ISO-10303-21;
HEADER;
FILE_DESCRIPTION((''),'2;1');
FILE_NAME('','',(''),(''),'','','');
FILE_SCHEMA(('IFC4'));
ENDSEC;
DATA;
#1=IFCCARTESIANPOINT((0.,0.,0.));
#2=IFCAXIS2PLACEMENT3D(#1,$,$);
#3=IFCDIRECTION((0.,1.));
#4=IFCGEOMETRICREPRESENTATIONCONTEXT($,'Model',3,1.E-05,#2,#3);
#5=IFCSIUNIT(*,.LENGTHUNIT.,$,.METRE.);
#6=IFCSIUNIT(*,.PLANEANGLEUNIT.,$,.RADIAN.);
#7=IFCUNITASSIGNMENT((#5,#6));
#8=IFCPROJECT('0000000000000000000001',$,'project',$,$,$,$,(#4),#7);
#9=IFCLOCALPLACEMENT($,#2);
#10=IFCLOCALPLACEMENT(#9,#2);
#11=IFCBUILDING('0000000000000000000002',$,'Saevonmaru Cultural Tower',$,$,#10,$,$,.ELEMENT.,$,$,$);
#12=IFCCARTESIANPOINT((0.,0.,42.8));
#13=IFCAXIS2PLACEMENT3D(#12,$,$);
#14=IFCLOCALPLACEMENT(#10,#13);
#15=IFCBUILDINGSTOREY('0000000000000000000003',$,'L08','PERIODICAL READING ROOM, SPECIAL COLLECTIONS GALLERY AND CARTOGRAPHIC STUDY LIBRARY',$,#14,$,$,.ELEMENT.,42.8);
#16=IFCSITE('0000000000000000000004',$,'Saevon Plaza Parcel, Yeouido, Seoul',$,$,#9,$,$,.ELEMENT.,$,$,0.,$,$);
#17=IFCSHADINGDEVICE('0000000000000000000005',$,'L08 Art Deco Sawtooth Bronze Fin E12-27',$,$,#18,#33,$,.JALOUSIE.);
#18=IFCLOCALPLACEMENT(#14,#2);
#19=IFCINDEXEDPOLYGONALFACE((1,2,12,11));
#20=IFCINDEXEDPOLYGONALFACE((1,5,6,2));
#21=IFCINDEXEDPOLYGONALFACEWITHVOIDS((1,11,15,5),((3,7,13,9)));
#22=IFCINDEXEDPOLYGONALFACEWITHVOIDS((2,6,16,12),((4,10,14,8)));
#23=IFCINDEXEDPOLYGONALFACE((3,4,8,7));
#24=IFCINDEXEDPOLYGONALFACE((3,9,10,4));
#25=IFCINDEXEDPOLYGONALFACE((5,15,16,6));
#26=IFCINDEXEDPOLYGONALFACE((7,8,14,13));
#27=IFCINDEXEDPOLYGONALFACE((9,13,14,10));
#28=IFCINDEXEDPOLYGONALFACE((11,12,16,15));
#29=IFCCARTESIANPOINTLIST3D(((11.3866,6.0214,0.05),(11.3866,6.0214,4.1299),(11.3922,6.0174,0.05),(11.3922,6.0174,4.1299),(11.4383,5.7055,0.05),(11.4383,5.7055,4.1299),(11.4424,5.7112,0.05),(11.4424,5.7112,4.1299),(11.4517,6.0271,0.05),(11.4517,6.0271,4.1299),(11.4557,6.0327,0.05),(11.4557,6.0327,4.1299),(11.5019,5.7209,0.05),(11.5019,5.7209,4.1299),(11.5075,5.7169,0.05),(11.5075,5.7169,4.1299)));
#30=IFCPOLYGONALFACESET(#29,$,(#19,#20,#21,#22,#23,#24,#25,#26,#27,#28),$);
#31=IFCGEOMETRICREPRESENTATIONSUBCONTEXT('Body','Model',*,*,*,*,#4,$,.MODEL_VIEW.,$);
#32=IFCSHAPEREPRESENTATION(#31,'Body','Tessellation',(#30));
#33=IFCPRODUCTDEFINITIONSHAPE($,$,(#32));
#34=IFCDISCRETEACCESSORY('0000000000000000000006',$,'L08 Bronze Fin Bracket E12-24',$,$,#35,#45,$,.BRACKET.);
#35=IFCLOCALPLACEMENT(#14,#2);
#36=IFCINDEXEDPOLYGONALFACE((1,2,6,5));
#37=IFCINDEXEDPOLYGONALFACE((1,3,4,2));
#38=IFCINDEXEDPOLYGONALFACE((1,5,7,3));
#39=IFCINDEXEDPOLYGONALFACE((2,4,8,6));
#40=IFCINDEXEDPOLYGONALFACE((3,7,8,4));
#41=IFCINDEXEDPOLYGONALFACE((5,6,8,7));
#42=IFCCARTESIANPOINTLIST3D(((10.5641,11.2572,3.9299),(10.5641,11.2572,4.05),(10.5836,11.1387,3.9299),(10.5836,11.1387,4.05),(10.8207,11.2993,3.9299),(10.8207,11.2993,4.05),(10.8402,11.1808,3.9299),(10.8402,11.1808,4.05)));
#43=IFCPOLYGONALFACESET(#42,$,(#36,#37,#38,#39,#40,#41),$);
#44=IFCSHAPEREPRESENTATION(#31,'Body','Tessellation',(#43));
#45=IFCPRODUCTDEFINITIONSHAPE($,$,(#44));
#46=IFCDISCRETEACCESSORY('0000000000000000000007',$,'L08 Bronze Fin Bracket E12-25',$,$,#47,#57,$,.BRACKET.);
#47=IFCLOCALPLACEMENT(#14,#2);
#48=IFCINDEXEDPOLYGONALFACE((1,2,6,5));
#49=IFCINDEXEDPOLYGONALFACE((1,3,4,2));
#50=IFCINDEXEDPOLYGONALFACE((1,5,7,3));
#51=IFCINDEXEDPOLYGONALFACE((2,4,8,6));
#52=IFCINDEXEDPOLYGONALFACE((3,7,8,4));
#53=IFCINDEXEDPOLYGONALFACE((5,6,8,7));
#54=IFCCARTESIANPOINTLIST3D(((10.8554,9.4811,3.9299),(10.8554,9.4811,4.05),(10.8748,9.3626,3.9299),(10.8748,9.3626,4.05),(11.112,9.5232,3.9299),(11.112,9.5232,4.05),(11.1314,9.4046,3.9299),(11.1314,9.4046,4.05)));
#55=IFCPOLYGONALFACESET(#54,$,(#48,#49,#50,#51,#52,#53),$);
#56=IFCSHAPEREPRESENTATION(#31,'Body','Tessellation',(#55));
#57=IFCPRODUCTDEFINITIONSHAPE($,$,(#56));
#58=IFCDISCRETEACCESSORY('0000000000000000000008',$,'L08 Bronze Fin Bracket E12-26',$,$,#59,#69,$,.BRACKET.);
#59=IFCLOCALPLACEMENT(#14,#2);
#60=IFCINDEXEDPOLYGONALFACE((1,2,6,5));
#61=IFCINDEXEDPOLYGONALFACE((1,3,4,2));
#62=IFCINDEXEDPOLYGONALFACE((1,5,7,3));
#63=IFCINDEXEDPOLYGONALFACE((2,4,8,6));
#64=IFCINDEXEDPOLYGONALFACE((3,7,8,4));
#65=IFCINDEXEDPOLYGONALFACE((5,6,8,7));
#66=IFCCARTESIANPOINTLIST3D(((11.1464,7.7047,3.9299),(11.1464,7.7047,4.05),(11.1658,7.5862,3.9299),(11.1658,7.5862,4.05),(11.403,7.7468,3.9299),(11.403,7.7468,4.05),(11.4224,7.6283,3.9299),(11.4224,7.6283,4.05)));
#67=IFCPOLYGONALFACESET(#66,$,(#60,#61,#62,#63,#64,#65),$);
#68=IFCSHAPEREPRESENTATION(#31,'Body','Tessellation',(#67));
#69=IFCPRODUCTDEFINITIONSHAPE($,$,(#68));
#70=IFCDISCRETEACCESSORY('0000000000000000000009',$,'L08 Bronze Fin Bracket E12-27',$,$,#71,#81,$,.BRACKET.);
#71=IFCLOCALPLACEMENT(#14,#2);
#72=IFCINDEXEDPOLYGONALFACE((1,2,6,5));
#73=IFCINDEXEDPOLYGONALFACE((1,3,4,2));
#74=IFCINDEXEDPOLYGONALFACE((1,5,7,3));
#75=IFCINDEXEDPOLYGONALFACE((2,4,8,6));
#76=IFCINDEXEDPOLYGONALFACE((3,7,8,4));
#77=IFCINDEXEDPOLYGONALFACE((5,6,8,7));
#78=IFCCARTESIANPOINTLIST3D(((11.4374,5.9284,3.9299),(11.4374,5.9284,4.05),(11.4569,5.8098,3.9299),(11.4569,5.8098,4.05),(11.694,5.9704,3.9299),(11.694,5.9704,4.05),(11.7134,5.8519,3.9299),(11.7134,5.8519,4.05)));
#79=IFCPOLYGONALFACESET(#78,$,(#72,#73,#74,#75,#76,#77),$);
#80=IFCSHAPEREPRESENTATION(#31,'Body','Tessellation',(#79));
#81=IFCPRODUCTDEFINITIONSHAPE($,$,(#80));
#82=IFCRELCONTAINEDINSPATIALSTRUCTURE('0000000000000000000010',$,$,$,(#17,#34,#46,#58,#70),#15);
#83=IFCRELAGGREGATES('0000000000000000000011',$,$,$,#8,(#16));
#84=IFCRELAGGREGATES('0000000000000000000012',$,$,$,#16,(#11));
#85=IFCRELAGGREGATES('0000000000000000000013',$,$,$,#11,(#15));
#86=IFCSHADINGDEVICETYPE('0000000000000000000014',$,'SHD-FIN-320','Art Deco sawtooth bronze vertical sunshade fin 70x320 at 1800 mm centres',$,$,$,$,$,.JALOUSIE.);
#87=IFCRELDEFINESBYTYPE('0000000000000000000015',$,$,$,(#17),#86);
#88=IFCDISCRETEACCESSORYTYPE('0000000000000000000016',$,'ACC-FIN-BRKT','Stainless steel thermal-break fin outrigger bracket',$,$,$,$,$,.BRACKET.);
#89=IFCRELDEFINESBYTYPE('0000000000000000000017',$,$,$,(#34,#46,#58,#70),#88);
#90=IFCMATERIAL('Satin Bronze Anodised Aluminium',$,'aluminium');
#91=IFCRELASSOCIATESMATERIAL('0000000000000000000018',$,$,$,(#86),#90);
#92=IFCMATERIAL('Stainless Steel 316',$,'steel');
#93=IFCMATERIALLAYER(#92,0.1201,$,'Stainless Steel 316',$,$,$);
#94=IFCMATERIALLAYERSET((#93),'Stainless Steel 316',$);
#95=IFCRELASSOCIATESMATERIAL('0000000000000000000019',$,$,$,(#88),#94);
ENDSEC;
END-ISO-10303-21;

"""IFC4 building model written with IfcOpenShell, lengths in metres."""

from ifc_helpers import new_model, si_unit, direction, frame, origin, origin_2d, place, context, subcontext, project, spatial, rectangle, hollow_rectangle, extrude, material, layer, layer_set, material_profile, profile_set, type_object, element, save


model = new_model("IFC4")

# Units and contexts
model_context = context("Model", 3, precision=1e-05, world=origin(), true_north=direction((0.0, 1.0)))
body_context = subcontext(model_context, "Body", "Model", "MODEL_VIEW")
ifc_project = project(units=[si_unit("LENGTHUNIT", "METRE"), si_unit("PLANEANGLEUNIT", "RADIAN")], contexts=[model_context])

# Site, building, storey
site_placement = place(None, origin())
site = spatial("IfcSite", under=ifc_project, at=site_placement, Name="Saevon Plaza Parcel, Yeouido, Seoul", CompositionType="ELEMENT", RefElevation=0.0)
building_placement = place(site_placement, origin())
building = spatial("IfcBuilding", under=site, at=building_placement, Name="Saevonmaru Cultural Tower", CompositionType="ELEMENT")
storey_placement = place(building_placement, frame((0.0, 0.0, 42.8)))
storey = spatial("IfcBuildingStorey", under=building, at=storey_placement, Name="L08", Description="PERIODICAL READING ROOM, SPECIAL COLLECTIONS GALLERY AND CARTOGRAPHIC STUDY LIBRARY", CompositionType="ELEMENT", Elevation=42.8)

# Shared definitions
ifc_material_1 = material(Name="Satin Bronze Anodised Aluminium", Category="aluminium")

# Shading device
ifc_material_profile_1 = material_profile(ifc_material_1, hollow_rectangle(XDim=0.0701, YDim=0.3201, WallThickness=0.0049, at=origin_2d()), Name="FIN-320x70")
ifc_profile_set_1 = profile_set([ifc_material_profile_1], Name="Satin Bronze Anodised Aluminium")
shading_device_type = type_object("IfcShadingDeviceType", Name="SHD-FIN-320", Description="Art Deco sawtooth bronze vertical sunshade fin 70x320 at 1800 mm centres", PredefinedType="JALOUSIE", material=ifc_profile_set_1)
for number, where, z_axis, x_axis, name in (
    (1, (11.447, 5.8691, 0.05), (0.0, 0.0, 1.0), (-0.986827, -0.161776, 0.0), "L08 Art Deco Sawtooth Bronze Fin E12-27"),
):
    element("IfcShadingDevice", number, at=place(storey_placement, frame(where, z_axis=z_axis, x_axis=x_axis)), inside=storey, type_object=shading_device_type, Name=name, PredefinedType="JALOUSIE", context=body_context, shape_type="SweptSolid", body=[
        extrude(hollow_rectangle(XDim=0.0701, YDim=0.3201, WallThickness=0.0049, at=origin_2d()), origin(), (0.0, 0.0, 1.0), 4.0798),
    ])

# Discrete accessories
ifc_material_2 = material(Name="Stainless Steel 316", Category="steel")
ifc_layer_1 = layer(ifc_material_2, 0.1201, Name="Stainless Steel 316")
ifc_layer_set_1 = layer_set([ifc_layer_1], Name="Stainless Steel 316")
discrete_accessory_type = type_object("IfcDiscreteAccessoryType", Name="ACC-FIN-BRKT", Description="Stainless steel thermal-break fin outrigger bracket", PredefinedType="BRACKET", material=ifc_layer_set_1)
for number, where, z_axis, x_axis, name in (
    (2, (10.7021, 11.219, 3.9299), (0.0, 0.0, 1.0), (-0.986827, -0.161776, 0.0), "L08 Bronze Fin Bracket E12-24"),
    (3, (10.9934, 9.4429, 3.9299), (0.0, 0.0, 1.0), (-0.986827, -0.161776, 0.0), "L08 Bronze Fin Bracket E12-25"),
    (4, (11.2844, 7.6665, 3.9299), (0.0, 0.0, 1.0), (-0.986827, -0.161776, 0.0), "L08 Bronze Fin Bracket E12-26"),
    (5, (11.5754, 5.8901, 3.9299), (0.0, 0.0, 1.0), (-0.986827, -0.161776, 0.0), "L08 Bronze Fin Bracket E12-27"),
):
    element("IfcDiscreteAccessory", number, at=place(storey_placement, frame(where, z_axis=z_axis, x_axis=x_axis)), inside=storey, type_object=discrete_accessory_type, Name=name, PredefinedType="BRACKET", context=body_context, shape_type="SweptSolid", body=[
        extrude(rectangle(XDim=0.26, YDim=0.1201, at=origin_2d()), origin(), (0.0, 0.0, 1.0), 0.1201),
    ])

save(model, "model.ifc")
